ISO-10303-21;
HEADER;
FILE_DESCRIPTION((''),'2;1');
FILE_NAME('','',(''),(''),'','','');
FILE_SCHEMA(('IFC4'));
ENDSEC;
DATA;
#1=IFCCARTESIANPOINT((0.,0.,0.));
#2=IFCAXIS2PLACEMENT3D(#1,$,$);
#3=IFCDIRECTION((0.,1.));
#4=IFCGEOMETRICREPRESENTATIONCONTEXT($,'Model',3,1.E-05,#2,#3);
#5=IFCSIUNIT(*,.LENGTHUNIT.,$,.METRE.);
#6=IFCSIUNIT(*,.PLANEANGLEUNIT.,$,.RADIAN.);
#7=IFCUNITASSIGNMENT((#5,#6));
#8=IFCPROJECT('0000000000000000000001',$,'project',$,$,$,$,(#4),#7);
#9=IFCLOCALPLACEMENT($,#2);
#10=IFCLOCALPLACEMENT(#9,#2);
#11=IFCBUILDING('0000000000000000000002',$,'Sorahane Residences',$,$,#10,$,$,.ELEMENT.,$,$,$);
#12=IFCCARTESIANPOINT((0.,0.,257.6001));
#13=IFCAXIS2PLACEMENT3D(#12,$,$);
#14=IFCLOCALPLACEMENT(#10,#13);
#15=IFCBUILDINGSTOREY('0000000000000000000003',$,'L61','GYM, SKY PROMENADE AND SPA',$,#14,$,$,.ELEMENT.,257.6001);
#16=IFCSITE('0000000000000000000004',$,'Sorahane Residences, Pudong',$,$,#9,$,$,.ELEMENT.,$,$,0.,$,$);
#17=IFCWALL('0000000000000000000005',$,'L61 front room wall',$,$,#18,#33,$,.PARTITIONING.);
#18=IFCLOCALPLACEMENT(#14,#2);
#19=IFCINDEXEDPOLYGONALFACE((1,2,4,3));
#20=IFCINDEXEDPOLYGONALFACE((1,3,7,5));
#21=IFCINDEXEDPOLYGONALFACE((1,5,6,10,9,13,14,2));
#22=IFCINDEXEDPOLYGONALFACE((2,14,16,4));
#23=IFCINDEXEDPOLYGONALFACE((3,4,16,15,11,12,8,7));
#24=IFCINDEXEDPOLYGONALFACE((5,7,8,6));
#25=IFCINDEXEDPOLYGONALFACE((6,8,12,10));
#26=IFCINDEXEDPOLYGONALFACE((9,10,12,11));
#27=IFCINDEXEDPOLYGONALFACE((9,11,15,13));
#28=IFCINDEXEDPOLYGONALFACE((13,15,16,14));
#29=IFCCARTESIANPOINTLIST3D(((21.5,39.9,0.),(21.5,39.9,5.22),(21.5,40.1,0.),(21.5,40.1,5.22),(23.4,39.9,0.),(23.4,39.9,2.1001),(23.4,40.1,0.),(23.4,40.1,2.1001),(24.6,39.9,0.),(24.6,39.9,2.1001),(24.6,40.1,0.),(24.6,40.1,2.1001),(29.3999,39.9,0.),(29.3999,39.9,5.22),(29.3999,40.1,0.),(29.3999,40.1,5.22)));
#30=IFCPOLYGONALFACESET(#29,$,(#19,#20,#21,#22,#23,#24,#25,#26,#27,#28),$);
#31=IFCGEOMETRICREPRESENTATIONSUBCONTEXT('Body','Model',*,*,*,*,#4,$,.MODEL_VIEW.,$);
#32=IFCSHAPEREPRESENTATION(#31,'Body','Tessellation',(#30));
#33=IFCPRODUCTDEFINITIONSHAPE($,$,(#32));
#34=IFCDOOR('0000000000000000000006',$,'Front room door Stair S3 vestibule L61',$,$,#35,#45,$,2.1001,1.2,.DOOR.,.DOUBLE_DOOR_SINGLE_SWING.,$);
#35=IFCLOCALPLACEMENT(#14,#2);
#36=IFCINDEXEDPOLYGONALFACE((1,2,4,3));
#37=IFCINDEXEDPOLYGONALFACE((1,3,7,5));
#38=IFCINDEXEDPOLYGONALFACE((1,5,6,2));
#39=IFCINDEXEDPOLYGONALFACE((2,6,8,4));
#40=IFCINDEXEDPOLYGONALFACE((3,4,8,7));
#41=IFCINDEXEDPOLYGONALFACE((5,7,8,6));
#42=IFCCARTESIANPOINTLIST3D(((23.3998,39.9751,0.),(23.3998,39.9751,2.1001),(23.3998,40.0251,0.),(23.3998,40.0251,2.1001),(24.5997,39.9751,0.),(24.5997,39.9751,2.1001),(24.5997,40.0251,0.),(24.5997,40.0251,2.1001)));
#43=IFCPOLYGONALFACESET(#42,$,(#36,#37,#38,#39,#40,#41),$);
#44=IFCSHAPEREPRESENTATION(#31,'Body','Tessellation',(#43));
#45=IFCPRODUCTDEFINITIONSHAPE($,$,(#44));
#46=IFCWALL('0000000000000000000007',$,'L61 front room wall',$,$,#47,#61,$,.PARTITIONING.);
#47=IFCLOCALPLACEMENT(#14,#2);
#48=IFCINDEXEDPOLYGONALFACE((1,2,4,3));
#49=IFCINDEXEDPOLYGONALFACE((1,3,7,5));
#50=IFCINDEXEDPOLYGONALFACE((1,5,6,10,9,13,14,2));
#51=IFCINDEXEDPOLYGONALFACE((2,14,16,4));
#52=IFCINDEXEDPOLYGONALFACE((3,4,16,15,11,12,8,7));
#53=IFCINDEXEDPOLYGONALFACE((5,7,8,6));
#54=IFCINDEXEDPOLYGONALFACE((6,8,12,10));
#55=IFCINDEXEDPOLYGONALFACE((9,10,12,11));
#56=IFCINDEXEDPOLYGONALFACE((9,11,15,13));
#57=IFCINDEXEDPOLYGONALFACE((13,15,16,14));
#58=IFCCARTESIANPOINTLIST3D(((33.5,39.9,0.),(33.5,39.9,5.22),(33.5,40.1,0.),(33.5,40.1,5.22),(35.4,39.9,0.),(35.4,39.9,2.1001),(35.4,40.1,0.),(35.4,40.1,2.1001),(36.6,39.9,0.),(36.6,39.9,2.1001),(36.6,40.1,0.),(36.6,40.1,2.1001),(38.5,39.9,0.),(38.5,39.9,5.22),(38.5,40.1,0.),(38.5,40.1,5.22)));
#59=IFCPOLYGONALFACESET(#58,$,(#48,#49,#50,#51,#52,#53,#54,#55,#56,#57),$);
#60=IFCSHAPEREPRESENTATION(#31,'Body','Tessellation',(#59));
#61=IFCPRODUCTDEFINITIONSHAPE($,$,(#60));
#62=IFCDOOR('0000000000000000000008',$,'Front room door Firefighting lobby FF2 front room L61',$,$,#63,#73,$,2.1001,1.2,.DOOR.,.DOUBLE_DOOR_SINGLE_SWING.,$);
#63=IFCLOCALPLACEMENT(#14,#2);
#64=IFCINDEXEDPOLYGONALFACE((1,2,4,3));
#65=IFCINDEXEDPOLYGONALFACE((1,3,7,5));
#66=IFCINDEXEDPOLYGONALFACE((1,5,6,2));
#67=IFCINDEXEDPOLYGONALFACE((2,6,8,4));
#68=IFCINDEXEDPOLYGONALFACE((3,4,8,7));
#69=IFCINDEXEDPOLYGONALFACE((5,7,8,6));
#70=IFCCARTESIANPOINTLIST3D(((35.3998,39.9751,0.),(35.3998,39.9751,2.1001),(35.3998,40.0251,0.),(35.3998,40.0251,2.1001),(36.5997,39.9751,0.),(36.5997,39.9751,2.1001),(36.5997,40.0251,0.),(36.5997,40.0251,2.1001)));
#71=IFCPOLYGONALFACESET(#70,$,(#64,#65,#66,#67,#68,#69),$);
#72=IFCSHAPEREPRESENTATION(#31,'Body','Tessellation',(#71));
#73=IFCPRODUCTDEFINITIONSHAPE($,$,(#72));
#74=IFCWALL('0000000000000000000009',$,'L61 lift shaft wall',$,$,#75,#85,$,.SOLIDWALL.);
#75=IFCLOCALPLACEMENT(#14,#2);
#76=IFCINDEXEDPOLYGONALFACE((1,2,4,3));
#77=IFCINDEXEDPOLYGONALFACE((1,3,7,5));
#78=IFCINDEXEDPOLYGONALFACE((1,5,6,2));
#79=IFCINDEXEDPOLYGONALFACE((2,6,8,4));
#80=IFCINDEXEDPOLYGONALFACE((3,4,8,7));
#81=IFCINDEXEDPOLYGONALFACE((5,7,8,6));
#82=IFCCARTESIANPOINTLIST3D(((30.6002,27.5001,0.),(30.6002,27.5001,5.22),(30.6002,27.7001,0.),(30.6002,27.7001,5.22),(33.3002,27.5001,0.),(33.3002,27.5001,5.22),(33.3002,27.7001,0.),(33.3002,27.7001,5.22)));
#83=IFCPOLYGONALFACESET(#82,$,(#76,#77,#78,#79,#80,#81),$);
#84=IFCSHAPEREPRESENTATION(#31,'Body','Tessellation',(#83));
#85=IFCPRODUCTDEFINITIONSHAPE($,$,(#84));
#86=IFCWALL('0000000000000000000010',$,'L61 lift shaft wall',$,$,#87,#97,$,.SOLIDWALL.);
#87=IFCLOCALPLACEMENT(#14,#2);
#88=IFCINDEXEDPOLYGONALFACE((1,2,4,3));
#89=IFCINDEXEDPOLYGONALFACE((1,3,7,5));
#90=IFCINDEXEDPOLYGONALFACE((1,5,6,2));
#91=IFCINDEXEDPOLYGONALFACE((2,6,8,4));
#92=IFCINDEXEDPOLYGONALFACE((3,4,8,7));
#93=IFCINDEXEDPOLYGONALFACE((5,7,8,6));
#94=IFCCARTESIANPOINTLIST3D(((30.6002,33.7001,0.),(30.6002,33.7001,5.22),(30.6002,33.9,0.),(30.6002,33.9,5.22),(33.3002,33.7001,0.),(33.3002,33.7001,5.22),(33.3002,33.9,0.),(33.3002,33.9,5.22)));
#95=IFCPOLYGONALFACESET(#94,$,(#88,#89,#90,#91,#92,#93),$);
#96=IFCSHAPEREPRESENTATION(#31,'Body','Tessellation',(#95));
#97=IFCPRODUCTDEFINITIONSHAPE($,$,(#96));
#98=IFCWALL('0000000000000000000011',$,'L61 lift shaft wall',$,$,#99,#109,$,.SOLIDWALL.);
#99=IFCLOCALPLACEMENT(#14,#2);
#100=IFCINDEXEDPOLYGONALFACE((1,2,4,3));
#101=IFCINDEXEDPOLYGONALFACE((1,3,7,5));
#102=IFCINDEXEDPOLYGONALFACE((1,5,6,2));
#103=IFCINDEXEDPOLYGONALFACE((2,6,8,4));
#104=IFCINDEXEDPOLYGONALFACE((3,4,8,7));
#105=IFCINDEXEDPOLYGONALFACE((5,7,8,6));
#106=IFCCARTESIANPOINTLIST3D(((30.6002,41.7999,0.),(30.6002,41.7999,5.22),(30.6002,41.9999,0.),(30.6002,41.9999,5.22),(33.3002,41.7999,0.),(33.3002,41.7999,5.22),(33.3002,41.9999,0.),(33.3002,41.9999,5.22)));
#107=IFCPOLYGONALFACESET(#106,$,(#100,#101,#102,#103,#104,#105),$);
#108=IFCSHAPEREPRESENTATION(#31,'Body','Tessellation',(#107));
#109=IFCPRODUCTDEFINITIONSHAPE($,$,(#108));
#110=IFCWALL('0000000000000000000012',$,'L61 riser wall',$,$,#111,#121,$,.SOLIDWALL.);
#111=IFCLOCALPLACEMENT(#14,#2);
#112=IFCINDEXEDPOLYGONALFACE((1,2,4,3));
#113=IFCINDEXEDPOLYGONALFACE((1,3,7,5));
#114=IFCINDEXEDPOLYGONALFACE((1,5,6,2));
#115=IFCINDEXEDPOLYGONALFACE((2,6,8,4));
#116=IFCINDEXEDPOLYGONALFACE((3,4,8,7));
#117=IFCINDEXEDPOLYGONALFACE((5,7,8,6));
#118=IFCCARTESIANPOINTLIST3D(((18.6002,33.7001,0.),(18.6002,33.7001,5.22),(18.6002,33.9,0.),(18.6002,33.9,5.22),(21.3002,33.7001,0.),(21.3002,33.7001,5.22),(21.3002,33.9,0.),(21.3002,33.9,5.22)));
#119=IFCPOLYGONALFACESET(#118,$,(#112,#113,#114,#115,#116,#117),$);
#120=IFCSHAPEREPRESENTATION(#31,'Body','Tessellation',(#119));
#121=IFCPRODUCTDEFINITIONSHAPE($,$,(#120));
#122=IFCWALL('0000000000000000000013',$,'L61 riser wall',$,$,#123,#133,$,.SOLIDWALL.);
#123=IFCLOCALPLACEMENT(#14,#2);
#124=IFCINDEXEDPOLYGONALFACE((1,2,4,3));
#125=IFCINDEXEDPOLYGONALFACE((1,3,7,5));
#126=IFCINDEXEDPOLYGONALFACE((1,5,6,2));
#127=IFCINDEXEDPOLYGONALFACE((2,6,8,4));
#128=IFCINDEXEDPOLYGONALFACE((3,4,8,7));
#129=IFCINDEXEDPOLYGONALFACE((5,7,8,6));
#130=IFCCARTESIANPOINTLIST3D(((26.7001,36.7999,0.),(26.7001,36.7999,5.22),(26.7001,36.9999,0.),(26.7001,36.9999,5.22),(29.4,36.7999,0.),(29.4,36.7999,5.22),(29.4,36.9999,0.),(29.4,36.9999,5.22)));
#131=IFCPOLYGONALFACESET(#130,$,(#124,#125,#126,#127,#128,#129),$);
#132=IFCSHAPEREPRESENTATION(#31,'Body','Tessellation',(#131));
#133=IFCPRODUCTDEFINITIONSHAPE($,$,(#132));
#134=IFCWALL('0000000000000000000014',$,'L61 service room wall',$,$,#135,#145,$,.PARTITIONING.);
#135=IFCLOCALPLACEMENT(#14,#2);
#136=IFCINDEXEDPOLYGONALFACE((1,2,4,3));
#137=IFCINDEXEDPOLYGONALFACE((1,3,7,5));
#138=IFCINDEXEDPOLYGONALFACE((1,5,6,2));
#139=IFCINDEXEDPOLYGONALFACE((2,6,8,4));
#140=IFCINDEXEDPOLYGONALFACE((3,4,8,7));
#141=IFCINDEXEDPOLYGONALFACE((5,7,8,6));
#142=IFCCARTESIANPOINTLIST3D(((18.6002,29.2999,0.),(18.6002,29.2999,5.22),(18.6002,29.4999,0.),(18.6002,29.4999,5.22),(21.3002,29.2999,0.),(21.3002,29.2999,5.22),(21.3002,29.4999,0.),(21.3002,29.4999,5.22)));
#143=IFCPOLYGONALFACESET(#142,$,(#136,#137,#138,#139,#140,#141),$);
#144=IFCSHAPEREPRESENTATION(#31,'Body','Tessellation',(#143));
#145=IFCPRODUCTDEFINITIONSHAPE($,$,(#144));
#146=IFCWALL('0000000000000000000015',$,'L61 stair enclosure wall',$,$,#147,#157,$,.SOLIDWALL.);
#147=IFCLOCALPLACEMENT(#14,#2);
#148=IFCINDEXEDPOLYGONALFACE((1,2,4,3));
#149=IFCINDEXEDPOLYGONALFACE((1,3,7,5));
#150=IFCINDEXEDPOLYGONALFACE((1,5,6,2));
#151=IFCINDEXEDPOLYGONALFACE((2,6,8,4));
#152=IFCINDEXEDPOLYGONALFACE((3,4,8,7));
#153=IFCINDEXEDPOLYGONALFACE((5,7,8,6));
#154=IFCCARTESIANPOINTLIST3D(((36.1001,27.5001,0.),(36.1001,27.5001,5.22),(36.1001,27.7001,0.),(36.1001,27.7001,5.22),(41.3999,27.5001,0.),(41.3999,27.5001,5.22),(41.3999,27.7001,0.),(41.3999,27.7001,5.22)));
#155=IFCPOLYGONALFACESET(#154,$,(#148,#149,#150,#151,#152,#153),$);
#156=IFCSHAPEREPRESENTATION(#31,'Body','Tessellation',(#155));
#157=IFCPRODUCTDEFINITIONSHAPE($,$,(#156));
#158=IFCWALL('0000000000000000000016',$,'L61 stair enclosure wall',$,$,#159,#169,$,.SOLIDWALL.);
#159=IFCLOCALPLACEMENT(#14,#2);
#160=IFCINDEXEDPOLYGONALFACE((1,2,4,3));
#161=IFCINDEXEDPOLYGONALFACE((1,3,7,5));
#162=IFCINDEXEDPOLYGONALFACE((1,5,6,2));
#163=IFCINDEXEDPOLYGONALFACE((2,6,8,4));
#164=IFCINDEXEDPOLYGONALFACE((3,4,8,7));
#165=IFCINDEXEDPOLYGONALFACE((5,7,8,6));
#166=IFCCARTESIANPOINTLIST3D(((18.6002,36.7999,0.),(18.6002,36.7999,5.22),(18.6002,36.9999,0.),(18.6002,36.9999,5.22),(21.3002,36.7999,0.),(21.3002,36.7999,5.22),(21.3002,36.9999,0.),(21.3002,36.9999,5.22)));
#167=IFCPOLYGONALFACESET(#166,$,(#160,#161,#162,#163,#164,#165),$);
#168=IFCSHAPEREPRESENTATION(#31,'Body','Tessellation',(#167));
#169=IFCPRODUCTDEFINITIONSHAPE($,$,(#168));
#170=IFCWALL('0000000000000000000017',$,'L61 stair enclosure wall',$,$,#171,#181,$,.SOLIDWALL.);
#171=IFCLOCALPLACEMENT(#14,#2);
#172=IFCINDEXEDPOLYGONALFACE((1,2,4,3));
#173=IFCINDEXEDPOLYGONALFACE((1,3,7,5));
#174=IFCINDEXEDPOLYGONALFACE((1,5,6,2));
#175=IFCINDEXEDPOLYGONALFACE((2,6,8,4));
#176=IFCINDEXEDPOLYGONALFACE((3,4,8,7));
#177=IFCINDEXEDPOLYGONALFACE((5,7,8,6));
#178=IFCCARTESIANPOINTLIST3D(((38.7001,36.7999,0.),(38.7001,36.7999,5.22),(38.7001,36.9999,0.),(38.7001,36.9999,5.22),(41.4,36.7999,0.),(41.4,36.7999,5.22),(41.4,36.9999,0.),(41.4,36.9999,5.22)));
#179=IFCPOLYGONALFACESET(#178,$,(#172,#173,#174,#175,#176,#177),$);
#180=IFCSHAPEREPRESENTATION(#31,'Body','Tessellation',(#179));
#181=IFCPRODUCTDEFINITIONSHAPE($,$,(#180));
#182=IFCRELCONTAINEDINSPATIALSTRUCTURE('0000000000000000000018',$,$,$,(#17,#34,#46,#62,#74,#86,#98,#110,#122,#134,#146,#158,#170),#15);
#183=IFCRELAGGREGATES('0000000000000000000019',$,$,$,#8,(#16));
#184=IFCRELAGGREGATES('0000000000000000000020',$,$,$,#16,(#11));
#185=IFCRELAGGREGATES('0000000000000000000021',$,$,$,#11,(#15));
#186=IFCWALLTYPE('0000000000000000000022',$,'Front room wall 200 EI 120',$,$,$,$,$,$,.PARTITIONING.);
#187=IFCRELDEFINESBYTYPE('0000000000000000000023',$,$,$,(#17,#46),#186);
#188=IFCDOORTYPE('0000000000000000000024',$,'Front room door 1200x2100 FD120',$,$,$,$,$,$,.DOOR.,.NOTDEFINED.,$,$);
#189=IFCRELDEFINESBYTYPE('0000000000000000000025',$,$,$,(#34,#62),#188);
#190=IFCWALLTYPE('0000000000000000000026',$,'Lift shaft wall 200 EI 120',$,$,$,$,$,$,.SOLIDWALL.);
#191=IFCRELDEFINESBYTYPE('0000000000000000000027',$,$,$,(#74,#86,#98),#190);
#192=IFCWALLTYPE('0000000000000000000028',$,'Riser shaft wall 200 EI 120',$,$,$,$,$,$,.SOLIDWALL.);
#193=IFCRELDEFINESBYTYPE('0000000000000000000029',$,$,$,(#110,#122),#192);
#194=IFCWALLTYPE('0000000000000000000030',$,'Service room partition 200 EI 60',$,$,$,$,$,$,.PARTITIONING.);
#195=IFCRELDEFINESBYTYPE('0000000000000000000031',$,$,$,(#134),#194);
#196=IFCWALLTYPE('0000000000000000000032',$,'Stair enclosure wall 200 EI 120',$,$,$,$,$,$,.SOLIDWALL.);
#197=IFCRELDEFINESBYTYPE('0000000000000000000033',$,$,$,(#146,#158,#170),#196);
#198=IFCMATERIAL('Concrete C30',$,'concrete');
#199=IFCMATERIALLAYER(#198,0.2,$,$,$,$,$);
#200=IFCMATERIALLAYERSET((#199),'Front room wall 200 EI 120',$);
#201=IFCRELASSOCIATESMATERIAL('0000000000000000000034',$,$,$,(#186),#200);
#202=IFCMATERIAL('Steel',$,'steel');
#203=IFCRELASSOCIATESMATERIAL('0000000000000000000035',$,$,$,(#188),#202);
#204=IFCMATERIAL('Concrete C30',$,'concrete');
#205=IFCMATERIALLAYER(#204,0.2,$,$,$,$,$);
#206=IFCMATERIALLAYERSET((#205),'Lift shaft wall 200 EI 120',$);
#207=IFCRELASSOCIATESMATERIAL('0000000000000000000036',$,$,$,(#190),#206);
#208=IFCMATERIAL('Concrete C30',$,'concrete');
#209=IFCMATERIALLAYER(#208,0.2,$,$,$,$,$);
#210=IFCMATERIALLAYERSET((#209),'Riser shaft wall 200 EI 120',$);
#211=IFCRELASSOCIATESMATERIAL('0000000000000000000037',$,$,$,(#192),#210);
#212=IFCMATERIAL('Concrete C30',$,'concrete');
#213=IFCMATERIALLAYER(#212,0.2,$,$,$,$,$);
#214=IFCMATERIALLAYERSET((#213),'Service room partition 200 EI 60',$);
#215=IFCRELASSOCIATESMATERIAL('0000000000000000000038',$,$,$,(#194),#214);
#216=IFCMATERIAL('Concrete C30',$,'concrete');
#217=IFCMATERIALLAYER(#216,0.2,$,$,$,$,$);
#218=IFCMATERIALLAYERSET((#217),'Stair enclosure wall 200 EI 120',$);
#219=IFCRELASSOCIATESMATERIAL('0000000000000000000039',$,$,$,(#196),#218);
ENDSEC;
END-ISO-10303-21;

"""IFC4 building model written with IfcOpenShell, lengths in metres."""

from ifc_helpers import new_model, si_unit, direction, frame, frame_2d, origin, place, context, subcontext, project, spatial, rectangle, extrude, material, layer, layer_set, type_object, element, fill, save


model = new_model("IFC4")

# Units and contexts
model_context = context("Model", 3, precision=1e-05, world=origin(), true_north=direction((0.0, 1.0)))
body_context = subcontext(model_context, "Body", "Model", "MODEL_VIEW")
ifc_project = project(units=[si_unit("LENGTHUNIT", "METRE"), si_unit("PLANEANGLEUNIT", "RADIAN")], contexts=[model_context])

# Site, building, storey
site_placement = place(None, origin())
site = spatial("IfcSite", under=ifc_project, at=site_placement, Name="Sorahane Residences, Pudong", CompositionType="ELEMENT", RefElevation=0.0)
building_placement = place(site_placement, origin())
building = spatial("IfcBuilding", under=site, at=building_placement, Name="Sorahane Residences", CompositionType="ELEMENT")
storey_placement = place(building_placement, frame((0.0, 0.0, 257.6001)))
storey = spatial("IfcBuildingStorey", under=building, at=storey_placement, Name="L61", Description="GYM, SKY PROMENADE AND SPA", CompositionType="ELEMENT", Elevation=257.6001)

# Walls, openings, doors
ifc_material_1 = material(Name="Concrete C30", Category="concrete")
ifc_layer_1 = layer(ifc_material_1, 0.2)
ifc_layer_set_1 = layer_set([ifc_layer_1], Name="Front room wall 200 EI 120")
wall_type_1 = type_object("IfcWallType", Name="Front room wall 200 EI 120", PredefinedType="PARTITIONING", material=ifc_layer_set_1)
wall_1_placement = place(storey_placement, frame((21.5, 40.0, 0.0), z_axis=(0.0, 0.0, 1.0), x_axis=(1.0, 0.0, 0.0)))
wall_1 = element("IfcWall", 1, at=wall_1_placement, inside=storey, type_object=wall_type_1, Name="L61 front room wall", PredefinedType="PARTITIONING", context=body_context, shape_type="SweptSolid", body=[
    extrude(rectangle(XDim=7.8999, YDim=0.2, at=frame_2d((3.95, 0.0))), origin(), (0.0, 0.0, 1.0), 5.22),
])
opening_1_placement = place(wall_1_placement, frame((1.8999, 0.0, 0.0)))
opening_1 = element("IfcOpeningElement", 2, at=opening_1_placement, cuts=wall_1, PredefinedType="OPENING", context=body_context, shape_type="SweptSolid", body=[
    extrude(rectangle(XDim=1.2, YDim=2.1001, at=frame_2d((0.6001, 1.05))), frame((0.0, 0.1099, 0.0), z_axis=(0.0, -1.0, 0.0), x_axis=(1.0, 0.0, 0.0)), (0.0, 0.0, 1.0), 0.22),
])
ifc_material_2 = material(Name="Steel", Category="steel")
door_type = type_object("IfcDoorType", Name="Front room door 1200x2100 FD120", OperationType="NOTDEFINED", PredefinedType="DOOR", material=ifc_material_2)
door_1_placement = place(opening_1_placement, frame((1.2, 0.0, 0.0), z_axis=(0.0, 0.0, 1.0), x_axis=(-1.0, 0.0, 0.0)))
door_1 = element("IfcDoor", 3, at=door_1_placement, inside=storey, type_object=door_type, Name="Front room door Stair S3 vestibule L61", OperationType="DOUBLE_DOOR_SINGLE_SWING", OverallHeight=2.1001, OverallWidth=1.2, PredefinedType="DOOR", context=body_context, shape_type="SweptSolid", body=[
    extrude(rectangle(XDim=1.2, YDim=2.1001, at=frame_2d((0.6001, 1.05))), frame((0.0, 0.0249, 0.0), z_axis=(0.0, -1.0, 0.0), x_axis=(1.0, 0.0, 0.0)), (0.0, 0.0, 1.0), 0.05),
])
fill(opening_1, door_1)
wall_2_placement = place(storey_placement, frame((33.5, 40.0, 0.0), z_axis=(0.0, 0.0, 1.0), x_axis=(1.0, 0.0, 0.0)))
wall_2 = element("IfcWall", 4, at=wall_2_placement, inside=storey, type_object=wall_type_1, Name="L61 front room wall", PredefinedType="PARTITIONING", context=body_context, shape_type="SweptSolid", body=[
    extrude(rectangle(XDim=5.0, YDim=0.2, at=frame_2d((2.5, 0.0))), origin(), (0.0, 0.0, 1.0), 5.22),
])
opening_2_placement = place(wall_2_placement, frame((1.8999, 0.0, 0.0)))
opening_2 = element("IfcOpeningElement", 5, at=opening_2_placement, cuts=wall_2, PredefinedType="OPENING", context=body_context, shape_type="SweptSolid", body=[
    extrude(rectangle(XDim=1.2, YDim=2.1001, at=frame_2d((0.6001, 1.05))), frame((0.0, 0.1099, 0.0), z_axis=(0.0, -1.0, 0.0), x_axis=(1.0, 0.0, 0.0)), (0.0, 0.0, 1.0), 0.22),
])
door_2_placement = place(opening_2_placement, frame((1.2, 0.0, 0.0), z_axis=(0.0, 0.0, 1.0), x_axis=(-1.0, 0.0, 0.0)))
door_2 = element("IfcDoor", 6, at=door_2_placement, inside=storey, type_object=door_type, Name="Front room door Firefighting lobby FF2 front room L61", OperationType="DOUBLE_DOOR_SINGLE_SWING", OverallHeight=2.1001, OverallWidth=1.2, PredefinedType="DOOR", context=body_context, shape_type="SweptSolid", body=[
    extrude(rectangle(XDim=1.2, YDim=2.1001, at=frame_2d((0.6001, 1.05))), frame((0.0, 0.0249, 0.0), z_axis=(0.0, -1.0, 0.0), x_axis=(1.0, 0.0, 0.0)), (0.0, 0.0, 1.0), 0.05),
])
fill(opening_2, door_2)

# Walls
ifc_material_3 = material(Name="Concrete C30", Category="concrete")
ifc_layer_2 = layer(ifc_material_3, 0.2)
ifc_layer_set_2 = layer_set([ifc_layer_2], Name="Lift shaft wall 200 EI 120")
wall_type_2 = type_object("IfcWallType", Name="Lift shaft wall 200 EI 120", PredefinedType="SOLIDWALL", material=ifc_layer_set_2)
for number, where, z_axis, x_axis, name in (
    (7, (30.6001, 27.6001, 0.0), (0.0, 0.0, 1.0), (1.0, 0.0, 0.0), "L61 lift shaft wall"),
    (8, (30.6001, 33.8, 0.0), (0.0, 0.0, 1.0), (1.0, 0.0, 0.0), "L61 lift shaft wall"),
    (9, (30.6001, 41.8999, 0.0), (0.0, 0.0, 1.0), (1.0, 0.0, 0.0), "L61 lift shaft wall"),
):
    element("IfcWall", number, at=place(storey_placement, frame(where, z_axis=z_axis, x_axis=x_axis)), inside=storey, type_object=wall_type_2, Name=name, PredefinedType="SOLIDWALL", context=body_context, shape_type="SweptSolid", body=[
        extrude(rectangle(XDim=2.7, YDim=0.2, at=frame_2d((1.3501, 0.0))), origin(), (0.0, 0.0, 1.0), 5.22),
    ])
ifc_material_4 = material(Name="Concrete C30", Category="concrete")
ifc_layer_3 = layer(ifc_material_4, 0.2)
ifc_layer_set_3 = layer_set([ifc_layer_3], Name="Riser shaft wall 200 EI 120")
wall_type_3 = type_object("IfcWallType", Name="Riser shaft wall 200 EI 120", PredefinedType="SOLIDWALL", material=ifc_layer_set_3)
for number, where, z_axis, x_axis, name in (
    (10, (18.6001, 33.8, 0.0), (0.0, 0.0, 1.0), (1.0, 0.0, 0.0), "L61 riser wall"),
    (11, (26.7, 36.8999, 0.0), (0.0, 0.0, 1.0), (1.0, 0.0, 0.0), "L61 riser wall"),
):
    element("IfcWall", number, at=place(storey_placement, frame(where, z_axis=z_axis, x_axis=x_axis)), inside=storey, type_object=wall_type_3, Name=name, PredefinedType="SOLIDWALL", context=body_context, shape_type="SweptSolid", body=[
        extrude(rectangle(XDim=2.7, YDim=0.2, at=frame_2d((1.3501, 0.0))), origin(), (0.0, 0.0, 1.0), 5.22),
    ])
ifc_material_5 = material(Name="Concrete C30", Category="concrete")
ifc_layer_4 = layer(ifc_material_5, 0.2)
ifc_layer_set_4 = layer_set([ifc_layer_4], Name="Service room partition 200 EI 60")
wall_type_4 = type_object("IfcWallType", Name="Service room partition 200 EI 60", PredefinedType="PARTITIONING", material=ifc_layer_set_4)
wall_3_placement = place(storey_placement, frame((18.6001, 29.3999, 0.0), z_axis=(0.0, 0.0, 1.0), x_axis=(1.0, 0.0, 0.0)))
element("IfcWall", 12, at=wall_3_placement, inside=storey, type_object=wall_type_4, Name="L61 service room wall", PredefinedType="PARTITIONING", context=body_context, shape_type="SweptSolid", body=[
    extrude(rectangle(XDim=2.7, YDim=0.2, at=frame_2d((1.3501, 0.0))), origin(), (0.0, 0.0, 1.0), 5.22),
])
ifc_material_6 = material(Name="Concrete C30", Category="concrete")
ifc_layer_5 = layer(ifc_material_6, 0.2)
ifc_layer_set_5 = layer_set([ifc_layer_5], Name="Stair enclosure wall 200 EI 120")
wall_type_5 = type_object("IfcWallType", Name="Stair enclosure wall 200 EI 120", PredefinedType="SOLIDWALL", material=ifc_layer_set_5)
wall_4_placement = place(storey_placement, frame((36.1001, 27.6001, 0.0), z_axis=(0.0, 0.0, 1.0), x_axis=(1.0, 0.0, 0.0)))
element("IfcWall", 13, at=wall_4_placement, inside=storey, type_object=wall_type_5, Name="L61 stair enclosure wall", PredefinedType="SOLIDWALL", context=body_context, shape_type="SweptSolid", body=[
    extrude(rectangle(XDim=5.2998, YDim=0.2, at=frame_2d((2.6499, 0.0))), origin(), (0.0, 0.0, 1.0), 5.22),
])
for number, where, z_axis, x_axis, name in (
    (14, (18.6001, 36.8999, 0.0), (0.0, 0.0, 1.0), (1.0, 0.0, 0.0), "L61 stair enclosure wall"),
    (15, (38.7, 36.8999, 0.0), (0.0, 0.0, 1.0), (1.0, 0.0, 0.0), "L61 stair enclosure wall"),
):
    element("IfcWall", number, at=place(storey_placement, frame(where, z_axis=z_axis, x_axis=x_axis)), inside=storey, type_object=wall_type_5, Name=name, PredefinedType="SOLIDWALL", context=body_context, shape_type="SweptSolid", body=[
        extrude(rectangle(XDim=2.7, YDim=0.2, at=frame_2d((1.3501, 0.0))), origin(), (0.0, 0.0, 1.0), 5.22),
    ])

save(model, "model.ifc")
